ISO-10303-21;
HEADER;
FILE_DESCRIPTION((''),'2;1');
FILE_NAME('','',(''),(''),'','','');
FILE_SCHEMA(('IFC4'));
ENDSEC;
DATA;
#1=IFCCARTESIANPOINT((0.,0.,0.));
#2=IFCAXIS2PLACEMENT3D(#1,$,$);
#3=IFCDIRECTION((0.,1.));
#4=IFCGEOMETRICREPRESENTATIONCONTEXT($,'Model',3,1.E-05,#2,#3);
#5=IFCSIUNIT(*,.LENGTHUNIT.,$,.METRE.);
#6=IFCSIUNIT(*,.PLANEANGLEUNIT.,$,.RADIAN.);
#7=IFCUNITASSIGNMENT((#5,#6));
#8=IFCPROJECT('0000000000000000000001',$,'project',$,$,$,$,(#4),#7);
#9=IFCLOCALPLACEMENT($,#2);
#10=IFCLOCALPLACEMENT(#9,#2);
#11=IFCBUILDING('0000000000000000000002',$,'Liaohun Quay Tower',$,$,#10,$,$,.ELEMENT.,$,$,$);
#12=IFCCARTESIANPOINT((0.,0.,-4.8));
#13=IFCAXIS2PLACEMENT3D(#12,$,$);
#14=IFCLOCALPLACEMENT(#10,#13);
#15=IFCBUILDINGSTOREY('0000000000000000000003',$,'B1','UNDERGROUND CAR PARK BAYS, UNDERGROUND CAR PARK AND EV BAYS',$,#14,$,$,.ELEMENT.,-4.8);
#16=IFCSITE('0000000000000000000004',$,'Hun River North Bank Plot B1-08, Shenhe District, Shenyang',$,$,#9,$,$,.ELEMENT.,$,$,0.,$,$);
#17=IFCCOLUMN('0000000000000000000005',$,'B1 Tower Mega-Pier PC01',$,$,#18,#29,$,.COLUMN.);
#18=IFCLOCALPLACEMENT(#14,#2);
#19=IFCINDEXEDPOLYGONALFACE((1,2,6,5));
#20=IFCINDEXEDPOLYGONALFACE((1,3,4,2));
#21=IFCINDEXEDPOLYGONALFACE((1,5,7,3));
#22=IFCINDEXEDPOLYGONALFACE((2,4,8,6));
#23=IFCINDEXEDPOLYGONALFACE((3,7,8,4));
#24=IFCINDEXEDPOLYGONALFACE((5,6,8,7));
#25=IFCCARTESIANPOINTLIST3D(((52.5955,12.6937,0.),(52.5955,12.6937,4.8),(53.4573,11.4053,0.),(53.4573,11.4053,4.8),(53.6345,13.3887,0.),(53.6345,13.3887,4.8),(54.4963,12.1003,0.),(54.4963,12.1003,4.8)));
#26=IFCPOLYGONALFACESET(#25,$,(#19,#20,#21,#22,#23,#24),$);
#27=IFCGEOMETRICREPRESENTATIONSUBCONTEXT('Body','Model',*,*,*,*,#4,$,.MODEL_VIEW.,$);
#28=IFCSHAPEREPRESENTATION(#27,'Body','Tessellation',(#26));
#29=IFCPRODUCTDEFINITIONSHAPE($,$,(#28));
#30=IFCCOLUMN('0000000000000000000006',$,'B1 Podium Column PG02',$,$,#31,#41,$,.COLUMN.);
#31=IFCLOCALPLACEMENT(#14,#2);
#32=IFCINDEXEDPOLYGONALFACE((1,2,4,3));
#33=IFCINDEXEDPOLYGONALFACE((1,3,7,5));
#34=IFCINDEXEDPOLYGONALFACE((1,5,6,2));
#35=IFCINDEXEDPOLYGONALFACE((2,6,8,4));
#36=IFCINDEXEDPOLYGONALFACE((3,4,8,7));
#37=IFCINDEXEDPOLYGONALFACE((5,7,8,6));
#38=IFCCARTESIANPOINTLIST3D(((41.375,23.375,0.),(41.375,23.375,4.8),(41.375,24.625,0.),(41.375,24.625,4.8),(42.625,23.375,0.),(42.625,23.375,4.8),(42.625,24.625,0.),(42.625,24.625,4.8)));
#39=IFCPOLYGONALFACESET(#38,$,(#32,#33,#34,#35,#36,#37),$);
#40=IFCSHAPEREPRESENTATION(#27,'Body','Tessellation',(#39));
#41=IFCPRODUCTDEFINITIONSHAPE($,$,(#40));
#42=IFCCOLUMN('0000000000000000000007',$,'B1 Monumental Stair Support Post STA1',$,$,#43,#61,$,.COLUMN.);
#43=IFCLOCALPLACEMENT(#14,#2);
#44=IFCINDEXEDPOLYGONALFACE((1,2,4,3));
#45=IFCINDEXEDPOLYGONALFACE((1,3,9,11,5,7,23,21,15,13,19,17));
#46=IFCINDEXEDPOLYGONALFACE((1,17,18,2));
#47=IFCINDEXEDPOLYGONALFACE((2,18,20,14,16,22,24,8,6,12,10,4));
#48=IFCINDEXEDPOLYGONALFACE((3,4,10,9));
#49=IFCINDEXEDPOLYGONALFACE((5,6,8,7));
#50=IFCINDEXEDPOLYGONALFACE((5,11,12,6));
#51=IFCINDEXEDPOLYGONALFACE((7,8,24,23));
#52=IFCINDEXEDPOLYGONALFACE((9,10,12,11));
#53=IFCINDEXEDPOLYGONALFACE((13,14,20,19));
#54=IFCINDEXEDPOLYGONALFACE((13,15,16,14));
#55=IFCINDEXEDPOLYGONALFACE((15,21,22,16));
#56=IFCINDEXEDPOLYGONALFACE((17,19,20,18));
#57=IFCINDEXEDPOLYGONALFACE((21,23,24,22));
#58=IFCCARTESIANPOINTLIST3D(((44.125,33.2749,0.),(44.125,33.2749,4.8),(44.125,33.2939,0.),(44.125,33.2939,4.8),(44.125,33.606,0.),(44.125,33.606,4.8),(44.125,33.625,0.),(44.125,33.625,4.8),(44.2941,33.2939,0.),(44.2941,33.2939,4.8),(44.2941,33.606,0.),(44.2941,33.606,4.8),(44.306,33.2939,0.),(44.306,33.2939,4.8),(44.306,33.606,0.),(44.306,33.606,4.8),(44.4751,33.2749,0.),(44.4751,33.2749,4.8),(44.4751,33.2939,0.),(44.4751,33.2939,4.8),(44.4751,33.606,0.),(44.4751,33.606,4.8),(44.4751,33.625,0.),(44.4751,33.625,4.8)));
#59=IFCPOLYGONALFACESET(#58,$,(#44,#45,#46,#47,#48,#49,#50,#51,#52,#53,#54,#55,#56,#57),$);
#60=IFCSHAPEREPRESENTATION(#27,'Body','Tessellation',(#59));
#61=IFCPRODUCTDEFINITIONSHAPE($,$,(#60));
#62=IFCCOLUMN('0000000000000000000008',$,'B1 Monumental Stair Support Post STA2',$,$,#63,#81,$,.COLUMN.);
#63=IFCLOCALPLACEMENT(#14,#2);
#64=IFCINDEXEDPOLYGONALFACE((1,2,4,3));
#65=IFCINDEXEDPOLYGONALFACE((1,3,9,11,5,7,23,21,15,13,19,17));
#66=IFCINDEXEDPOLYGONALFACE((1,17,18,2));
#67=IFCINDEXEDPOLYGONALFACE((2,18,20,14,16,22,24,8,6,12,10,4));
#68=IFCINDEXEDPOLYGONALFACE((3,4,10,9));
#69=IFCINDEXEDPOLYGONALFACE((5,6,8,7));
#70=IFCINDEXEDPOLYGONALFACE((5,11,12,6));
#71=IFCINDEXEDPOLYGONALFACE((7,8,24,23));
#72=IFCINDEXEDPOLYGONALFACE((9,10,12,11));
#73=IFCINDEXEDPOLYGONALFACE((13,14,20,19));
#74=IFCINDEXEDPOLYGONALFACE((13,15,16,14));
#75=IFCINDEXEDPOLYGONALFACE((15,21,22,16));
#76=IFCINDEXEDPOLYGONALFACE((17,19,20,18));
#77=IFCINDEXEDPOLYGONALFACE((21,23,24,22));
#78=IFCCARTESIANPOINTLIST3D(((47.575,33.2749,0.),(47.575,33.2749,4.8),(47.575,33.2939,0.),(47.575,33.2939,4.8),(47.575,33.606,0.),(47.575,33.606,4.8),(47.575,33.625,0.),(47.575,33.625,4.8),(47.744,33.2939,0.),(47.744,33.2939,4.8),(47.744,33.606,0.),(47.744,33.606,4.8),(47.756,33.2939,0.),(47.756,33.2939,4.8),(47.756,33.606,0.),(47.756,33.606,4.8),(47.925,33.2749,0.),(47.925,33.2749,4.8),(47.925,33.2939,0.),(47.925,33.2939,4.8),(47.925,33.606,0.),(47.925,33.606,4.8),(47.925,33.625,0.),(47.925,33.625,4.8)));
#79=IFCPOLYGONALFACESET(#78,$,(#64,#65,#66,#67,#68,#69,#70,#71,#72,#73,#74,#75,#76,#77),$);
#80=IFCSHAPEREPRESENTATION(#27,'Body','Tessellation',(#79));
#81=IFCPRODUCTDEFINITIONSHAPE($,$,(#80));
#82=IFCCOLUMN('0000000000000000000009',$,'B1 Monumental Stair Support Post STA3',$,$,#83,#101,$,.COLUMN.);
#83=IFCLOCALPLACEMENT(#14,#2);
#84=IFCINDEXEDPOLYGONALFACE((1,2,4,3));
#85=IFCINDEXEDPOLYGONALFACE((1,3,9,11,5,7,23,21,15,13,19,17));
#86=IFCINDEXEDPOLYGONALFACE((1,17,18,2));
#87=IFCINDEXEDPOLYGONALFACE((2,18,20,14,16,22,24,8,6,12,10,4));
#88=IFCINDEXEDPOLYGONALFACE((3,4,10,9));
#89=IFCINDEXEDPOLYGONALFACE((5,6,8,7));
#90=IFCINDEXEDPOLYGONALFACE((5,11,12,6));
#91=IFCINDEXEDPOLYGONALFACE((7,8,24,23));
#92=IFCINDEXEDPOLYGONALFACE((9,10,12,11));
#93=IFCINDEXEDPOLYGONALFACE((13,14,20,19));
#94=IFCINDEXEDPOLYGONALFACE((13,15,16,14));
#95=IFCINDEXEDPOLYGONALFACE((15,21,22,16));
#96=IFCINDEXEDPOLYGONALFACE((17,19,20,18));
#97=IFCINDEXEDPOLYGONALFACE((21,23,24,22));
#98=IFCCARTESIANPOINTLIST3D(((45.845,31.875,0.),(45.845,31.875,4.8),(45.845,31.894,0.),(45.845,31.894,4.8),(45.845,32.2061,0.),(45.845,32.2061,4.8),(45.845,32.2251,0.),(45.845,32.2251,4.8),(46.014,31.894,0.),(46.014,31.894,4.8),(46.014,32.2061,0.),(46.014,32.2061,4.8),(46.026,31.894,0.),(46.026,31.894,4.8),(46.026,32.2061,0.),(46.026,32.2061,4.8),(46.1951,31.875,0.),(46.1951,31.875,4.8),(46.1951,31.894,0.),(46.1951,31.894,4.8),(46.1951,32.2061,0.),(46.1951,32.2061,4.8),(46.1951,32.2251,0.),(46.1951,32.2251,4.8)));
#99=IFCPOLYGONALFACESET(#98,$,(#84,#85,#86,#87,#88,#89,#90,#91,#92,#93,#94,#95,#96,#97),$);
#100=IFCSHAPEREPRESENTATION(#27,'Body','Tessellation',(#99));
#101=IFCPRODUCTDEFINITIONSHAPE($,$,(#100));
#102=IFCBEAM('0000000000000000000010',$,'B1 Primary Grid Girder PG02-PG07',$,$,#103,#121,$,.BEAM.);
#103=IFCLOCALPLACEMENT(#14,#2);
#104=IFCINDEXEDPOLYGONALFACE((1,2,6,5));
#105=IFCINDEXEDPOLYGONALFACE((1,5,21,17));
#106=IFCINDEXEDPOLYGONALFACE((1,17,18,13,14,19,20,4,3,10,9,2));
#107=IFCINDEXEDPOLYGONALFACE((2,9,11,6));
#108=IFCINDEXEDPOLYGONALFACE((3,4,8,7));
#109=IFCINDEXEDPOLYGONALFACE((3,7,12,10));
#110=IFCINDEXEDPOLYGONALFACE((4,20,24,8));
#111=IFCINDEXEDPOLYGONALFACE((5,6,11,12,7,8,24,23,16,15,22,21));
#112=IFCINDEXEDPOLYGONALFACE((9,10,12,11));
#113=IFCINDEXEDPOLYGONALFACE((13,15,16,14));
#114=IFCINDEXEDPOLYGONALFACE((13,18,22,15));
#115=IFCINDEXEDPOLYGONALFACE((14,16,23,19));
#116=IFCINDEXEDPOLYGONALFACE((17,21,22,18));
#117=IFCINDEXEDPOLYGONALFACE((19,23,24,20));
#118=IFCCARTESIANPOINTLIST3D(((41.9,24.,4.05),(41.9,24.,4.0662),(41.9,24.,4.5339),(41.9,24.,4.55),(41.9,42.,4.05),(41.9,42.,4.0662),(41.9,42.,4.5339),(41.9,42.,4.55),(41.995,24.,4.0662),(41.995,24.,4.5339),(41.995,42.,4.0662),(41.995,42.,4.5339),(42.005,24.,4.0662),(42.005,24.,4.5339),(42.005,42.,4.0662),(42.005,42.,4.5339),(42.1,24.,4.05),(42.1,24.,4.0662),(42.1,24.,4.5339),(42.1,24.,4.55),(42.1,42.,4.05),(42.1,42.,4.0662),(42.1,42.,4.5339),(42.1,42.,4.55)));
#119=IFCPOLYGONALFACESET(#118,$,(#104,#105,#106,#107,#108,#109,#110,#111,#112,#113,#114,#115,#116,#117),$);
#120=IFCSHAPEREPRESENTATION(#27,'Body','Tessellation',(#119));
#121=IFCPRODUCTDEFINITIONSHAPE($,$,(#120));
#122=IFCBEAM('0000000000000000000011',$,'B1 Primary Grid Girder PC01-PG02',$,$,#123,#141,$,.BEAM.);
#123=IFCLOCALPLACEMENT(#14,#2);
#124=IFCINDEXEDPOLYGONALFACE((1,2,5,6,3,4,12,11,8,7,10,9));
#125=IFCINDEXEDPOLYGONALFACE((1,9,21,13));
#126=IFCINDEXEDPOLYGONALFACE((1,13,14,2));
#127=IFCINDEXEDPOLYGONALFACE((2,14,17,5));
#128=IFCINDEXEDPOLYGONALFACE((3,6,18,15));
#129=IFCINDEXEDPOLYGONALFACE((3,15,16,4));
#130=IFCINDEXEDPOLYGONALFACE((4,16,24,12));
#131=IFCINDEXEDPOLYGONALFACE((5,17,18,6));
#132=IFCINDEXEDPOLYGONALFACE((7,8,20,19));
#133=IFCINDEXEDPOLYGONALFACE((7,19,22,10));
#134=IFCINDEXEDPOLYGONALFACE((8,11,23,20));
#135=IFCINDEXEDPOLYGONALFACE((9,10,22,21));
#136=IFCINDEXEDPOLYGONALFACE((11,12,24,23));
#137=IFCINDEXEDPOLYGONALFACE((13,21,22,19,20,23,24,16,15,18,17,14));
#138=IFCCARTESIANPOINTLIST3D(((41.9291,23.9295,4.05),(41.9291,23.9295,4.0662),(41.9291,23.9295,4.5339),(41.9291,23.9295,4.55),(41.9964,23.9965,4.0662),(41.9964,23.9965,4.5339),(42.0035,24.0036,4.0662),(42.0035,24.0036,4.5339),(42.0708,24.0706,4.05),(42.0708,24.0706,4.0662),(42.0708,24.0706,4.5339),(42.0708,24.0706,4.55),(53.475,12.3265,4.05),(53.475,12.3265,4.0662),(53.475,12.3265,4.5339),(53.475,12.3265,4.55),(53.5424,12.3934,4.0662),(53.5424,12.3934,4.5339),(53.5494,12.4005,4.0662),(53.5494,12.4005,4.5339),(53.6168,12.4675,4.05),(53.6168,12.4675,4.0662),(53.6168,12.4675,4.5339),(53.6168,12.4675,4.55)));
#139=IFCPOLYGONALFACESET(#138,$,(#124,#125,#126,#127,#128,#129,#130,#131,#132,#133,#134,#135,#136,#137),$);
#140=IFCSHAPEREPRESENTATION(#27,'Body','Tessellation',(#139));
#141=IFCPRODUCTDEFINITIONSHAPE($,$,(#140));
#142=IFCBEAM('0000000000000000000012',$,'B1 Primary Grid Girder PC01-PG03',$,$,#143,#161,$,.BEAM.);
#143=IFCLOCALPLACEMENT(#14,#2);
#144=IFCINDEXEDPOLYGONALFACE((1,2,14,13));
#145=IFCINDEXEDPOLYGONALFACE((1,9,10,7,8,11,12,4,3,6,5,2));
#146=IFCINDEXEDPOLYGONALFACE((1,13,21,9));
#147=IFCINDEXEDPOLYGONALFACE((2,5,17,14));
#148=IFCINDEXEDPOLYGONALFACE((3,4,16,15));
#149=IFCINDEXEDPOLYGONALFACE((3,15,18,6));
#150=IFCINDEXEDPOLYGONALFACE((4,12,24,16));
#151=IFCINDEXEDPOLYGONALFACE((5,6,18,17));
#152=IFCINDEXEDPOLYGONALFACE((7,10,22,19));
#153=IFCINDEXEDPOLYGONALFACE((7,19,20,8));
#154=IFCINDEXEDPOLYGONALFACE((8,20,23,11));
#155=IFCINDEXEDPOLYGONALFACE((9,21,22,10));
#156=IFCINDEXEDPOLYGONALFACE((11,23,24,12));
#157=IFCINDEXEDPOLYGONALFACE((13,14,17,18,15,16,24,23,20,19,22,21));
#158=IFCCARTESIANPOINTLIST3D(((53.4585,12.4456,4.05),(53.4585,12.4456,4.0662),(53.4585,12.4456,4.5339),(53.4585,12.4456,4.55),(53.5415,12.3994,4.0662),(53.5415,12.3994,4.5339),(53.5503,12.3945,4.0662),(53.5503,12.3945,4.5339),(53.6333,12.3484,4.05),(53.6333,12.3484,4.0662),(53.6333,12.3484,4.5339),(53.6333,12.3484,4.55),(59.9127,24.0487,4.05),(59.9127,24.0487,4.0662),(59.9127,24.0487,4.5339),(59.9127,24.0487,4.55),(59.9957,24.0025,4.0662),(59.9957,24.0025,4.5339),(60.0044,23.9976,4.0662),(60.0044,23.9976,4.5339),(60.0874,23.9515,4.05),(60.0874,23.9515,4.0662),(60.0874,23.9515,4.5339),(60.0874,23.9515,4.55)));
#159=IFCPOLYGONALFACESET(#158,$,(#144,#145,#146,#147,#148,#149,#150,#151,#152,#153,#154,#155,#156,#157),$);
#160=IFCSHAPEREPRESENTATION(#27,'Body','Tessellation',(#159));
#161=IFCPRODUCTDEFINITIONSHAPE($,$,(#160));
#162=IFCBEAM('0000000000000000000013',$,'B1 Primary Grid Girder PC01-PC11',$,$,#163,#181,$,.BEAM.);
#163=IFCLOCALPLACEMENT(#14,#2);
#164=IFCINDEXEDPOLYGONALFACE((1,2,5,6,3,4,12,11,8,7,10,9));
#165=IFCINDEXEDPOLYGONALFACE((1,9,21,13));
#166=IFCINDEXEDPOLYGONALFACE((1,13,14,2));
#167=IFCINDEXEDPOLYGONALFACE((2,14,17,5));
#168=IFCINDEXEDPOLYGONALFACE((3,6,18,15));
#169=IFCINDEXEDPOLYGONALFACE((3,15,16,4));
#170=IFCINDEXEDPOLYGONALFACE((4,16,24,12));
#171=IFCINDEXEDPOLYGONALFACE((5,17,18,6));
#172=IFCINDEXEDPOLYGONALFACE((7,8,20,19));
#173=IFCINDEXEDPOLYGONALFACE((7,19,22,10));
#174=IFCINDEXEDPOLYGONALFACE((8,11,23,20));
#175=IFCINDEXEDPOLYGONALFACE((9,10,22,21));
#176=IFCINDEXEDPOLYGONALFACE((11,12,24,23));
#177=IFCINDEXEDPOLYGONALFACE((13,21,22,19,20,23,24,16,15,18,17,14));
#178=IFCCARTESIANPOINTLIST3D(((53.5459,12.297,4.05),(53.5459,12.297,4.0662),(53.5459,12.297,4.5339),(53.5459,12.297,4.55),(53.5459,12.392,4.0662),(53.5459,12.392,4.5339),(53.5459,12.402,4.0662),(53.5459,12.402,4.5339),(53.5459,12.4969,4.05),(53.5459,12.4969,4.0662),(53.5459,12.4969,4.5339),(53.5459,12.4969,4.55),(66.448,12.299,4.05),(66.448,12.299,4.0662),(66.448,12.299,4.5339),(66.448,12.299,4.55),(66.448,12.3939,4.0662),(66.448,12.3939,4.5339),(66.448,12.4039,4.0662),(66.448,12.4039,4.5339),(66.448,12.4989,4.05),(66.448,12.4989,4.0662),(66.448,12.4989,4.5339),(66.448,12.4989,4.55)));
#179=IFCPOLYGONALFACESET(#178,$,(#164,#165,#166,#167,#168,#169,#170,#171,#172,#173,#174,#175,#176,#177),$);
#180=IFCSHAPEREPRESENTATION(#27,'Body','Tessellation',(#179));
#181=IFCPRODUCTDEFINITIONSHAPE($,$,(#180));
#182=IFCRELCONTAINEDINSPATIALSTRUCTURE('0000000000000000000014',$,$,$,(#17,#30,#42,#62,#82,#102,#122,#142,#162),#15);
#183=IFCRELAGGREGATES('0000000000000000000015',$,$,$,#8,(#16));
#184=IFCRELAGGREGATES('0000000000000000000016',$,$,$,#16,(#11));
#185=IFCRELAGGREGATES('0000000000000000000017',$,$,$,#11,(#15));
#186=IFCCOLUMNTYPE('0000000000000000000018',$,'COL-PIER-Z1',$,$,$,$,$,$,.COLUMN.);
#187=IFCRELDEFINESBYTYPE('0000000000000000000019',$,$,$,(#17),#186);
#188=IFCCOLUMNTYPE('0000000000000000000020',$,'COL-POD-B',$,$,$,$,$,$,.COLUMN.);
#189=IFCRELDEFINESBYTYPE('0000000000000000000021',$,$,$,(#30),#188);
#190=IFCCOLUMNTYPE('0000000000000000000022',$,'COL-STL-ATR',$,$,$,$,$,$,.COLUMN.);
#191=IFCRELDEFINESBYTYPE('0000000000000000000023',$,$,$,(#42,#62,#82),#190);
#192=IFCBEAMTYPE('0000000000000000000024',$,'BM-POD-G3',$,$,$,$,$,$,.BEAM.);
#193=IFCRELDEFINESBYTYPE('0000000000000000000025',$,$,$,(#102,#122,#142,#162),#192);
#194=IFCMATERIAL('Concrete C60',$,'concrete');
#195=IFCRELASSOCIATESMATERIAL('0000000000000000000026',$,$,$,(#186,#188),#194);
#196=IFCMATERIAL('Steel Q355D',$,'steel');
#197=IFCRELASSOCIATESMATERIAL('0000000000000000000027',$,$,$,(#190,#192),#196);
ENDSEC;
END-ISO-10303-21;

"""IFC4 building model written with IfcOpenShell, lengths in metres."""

from ifc_helpers import new_model, si_unit, direction, frame, origin, origin_2d, place, context, subcontext, project, spatial, rectangle, i_section, extrude, source, transform, mapped, material, material_profile, profile_set, type_object, element, save


model = new_model("IFC4")

# Units and contexts
model_context = context("Model", 3, precision=1e-05, world=origin(), true_north=direction((0.0, 1.0)))
body_context = subcontext(model_context, "Body", "Model", "MODEL_VIEW")
ifc_project = project(units=[si_unit("LENGTHUNIT", "METRE"), si_unit("PLANEANGLEUNIT", "RADIAN")], contexts=[model_context])

# Site, building, storey
site_placement = place(None, origin())
site = spatial("IfcSite", under=ifc_project, at=site_placement, Name="Hun River North Bank Plot B1-08, Shenhe District, Shenyang", CompositionType="ELEMENT", RefElevation=0.0)
building_placement = place(site_placement, origin())
building = spatial("IfcBuilding", under=site, at=building_placement, Name="Liaohun Quay Tower", CompositionType="ELEMENT")
storey_placement = place(building_placement, frame((0.0, 0.0, -4.8)))
storey = spatial("IfcBuildingStorey", under=building, at=storey_placement, Name="B1", Description="UNDERGROUND CAR PARK BAYS, UNDERGROUND CAR PARK AND EV BAYS", CompositionType="ELEMENT", Elevation=-4.8)

# Columns
ifc_material_1 = material(Name="Concrete C60", Category="concrete")
ifc_material_profile_1 = material_profile(ifc_material_1, rectangle(XDim=1.55, YDim=1.25, at=origin_2d()), Name="RC1550x1250")
ifc_profile_set_1 = profile_set([ifc_material_profile_1], Name="Concrete C60")
column_type_1 = type_object("IfcColumnType", Name="COL-PIER-Z1", PredefinedType="COLUMN", material=ifc_profile_set_1)
shared_shape_1 = source(origin(), body_context, "Body", "SweptSolid", [
    extrude(rectangle(XDim=1.55, YDim=1.25, at=origin_2d()), origin(), (0.0, 0.0, 1.0), 4.8),
])
column_1_placement = place(storey_placement, frame((53.5459, 12.397, 0.0), z_axis=(0.0, 0.0, 1.0), x_axis=(-0.556006, 0.831179, 0.0)))
element("IfcColumn", 1, at=column_1_placement, inside=storey, type_object=column_type_1, Name="B1 Tower Mega-Pier PC01", PredefinedType="COLUMN", context=body_context, shape_type="MappedRepresentation", body=[
    mapped(shared_shape_1, transform((0.0, 0.0, 0.0), x_axis=(1.0, 0.0, 0.0), y_axis=(0.0, 1.0, 0.0), z_axis=(0.0, 0.0, 1.0), scale=1.0)),
])
ifc_material_profile_2 = material_profile(ifc_material_1, rectangle(XDim=1.25, YDim=1.25, at=origin_2d()), Name="RC1250x1250")
ifc_profile_set_2 = profile_set([ifc_material_profile_2], Name="Concrete C60")
column_type_2 = type_object("IfcColumnType", Name="COL-POD-B", PredefinedType="COLUMN", material=ifc_profile_set_2)
shared_shape_2 = source(origin(), body_context, "Body", "SweptSolid", [
    extrude(rectangle(XDim=1.25, YDim=1.25, at=origin_2d()), origin(), (0.0, 0.0, 1.0), 4.8),
])
column_2_placement = place(storey_placement, frame((42.0, 24.0, 0.0), z_axis=(0.0, 0.0, 1.0), x_axis=(1.0, 0.0, 0.0)))
element("IfcColumn", 2, at=column_2_placement, inside=storey, type_object=column_type_2, Name="B1 Podium Column PG02", PredefinedType="COLUMN", context=body_context, shape_type="MappedRepresentation", body=[
    mapped(shared_shape_2, transform((0.0, 0.0, 0.0), x_axis=(1.0, 0.0, 0.0), y_axis=(0.0, 1.0, 0.0), z_axis=(0.0, 0.0, 1.0), scale=1.0)),
])
ifc_material_2 = material(Name="Steel Q355D", Category="steel")
ifc_material_profile_3 = material_profile(ifc_material_2, i_section(OverallWidth=0.3501, OverallDepth=0.3501, WebThickness=0.012, FlangeThickness=0.019, at=origin_2d()), Name="HW350x350x12x19")
ifc_profile_set_3 = profile_set([ifc_material_profile_3], Name="Steel Q355D")
column_type_3 = type_object("IfcColumnType", Name="COL-STL-ATR", PredefinedType="COLUMN", material=ifc_profile_set_3)
shared_shape_3 = source(origin(), body_context, "Body", "SweptSolid", [
    extrude(i_section(OverallWidth=0.3501, OverallDepth=0.3501, WebThickness=0.012, FlangeThickness=0.019, at=origin_2d()), origin(), (0.0, 0.0, 1.0), 4.8),
])
for number, where, z_axis, x_axis, name in (
    (3, (44.3, 33.45, 0.0), (0.0, 0.0, 1.0), (1.0, 0.0, 0.0), "B1 Monumental Stair Support Post STA1"),
    (4, (47.75, 33.45, 0.0), (0.0, 0.0, 1.0), (1.0, 0.0, 0.0), "B1 Monumental Stair Support Post STA2"),
    (5, (46.02, 32.05, 0.0), (0.0, 0.0, 1.0), (1.0, 0.0, 0.0), "B1 Monumental Stair Support Post STA3"),
):
    element("IfcColumn", number, at=place(storey_placement, frame(where, z_axis=z_axis, x_axis=x_axis)), inside=storey, type_object=column_type_3, Name=name, PredefinedType="COLUMN", context=body_context, shape_type="MappedRepresentation", body=[
        mapped(shared_shape_3, transform((0.0, 0.0, 0.0), x_axis=(1.0, 0.0, 0.0), y_axis=(0.0, 1.0, 0.0), z_axis=(0.0, 0.0, 1.0), scale=1.0)),
    ])

# Beams
ifc_material_profile_4 = material_profile(ifc_material_2, i_section(OverallWidth=0.2, OverallDepth=0.5, WebThickness=0.01, FlangeThickness=0.0161, at=origin_2d()), Name="HN500x200x10x16")
ifc_profile_set_4 = profile_set([ifc_material_profile_4], Name="Steel Q355D")
beam_type_1 = type_object("IfcBeamType", Name="BM-POD-G3", PredefinedType="BEAM", material=ifc_profile_set_4)
shared_shape_4 = source(origin(), body_context, "Body", "SweptSolid", [
    extrude(i_section(OverallWidth=0.2, OverallDepth=0.5, WebThickness=0.01, FlangeThickness=0.0161, at=origin_2d()), origin(), (0.0, 0.0, 1.0), 18.0),
])
beam_1_placement = place(storey_placement, frame((42.0, 24.0, 4.3), z_axis=(0.0, 1.0, 0.0), x_axis=(-1.0, 0.0, 0.0)))
element("IfcBeam", 6, at=beam_1_placement, inside=storey, type_object=beam_type_1, Name="B1 Primary Grid Girder PG02-PG07", PredefinedType="BEAM", context=body_context, shape_type="MappedRepresentation", body=[
    mapped(shared_shape_4, transform((0.0, 0.0, 0.0), x_axis=(1.0, 0.0, 0.0), y_axis=(0.0, 1.0, 0.0), z_axis=(0.0, 0.0, 1.0), scale=1.0)),
])
shared_shape_5 = source(origin(), body_context, "Body", "SweptSolid", [
    extrude(i_section(OverallWidth=0.2, OverallDepth=0.5, WebThickness=0.01, FlangeThickness=0.0161, at=origin_2d()), origin(), (0.0, 0.0, 1.0), 16.3689),
])
beam_2_placement = place(storey_placement, frame((53.5459, 12.397, 4.3), z_axis=(-0.70536, 0.70885, 0.0), x_axis=(-0.70885, -0.70536, 0.0)))
element("IfcBeam", 7, at=beam_2_placement, inside=storey, type_object=beam_type_1, Name="B1 Primary Grid Girder PC01-PG02", PredefinedType="BEAM", context=body_context, shape_type="MappedRepresentation", body=[
    mapped(shared_shape_5, transform((0.0, 0.0, 0.0), x_axis=(1.0, 0.0, 0.0), y_axis=(0.0, 1.0, 0.0), z_axis=(0.0, 0.0, 1.0), scale=1.0)),
])
shared_shape_6 = source(origin(), body_context, "Body", "SweptSolid", [
    extrude(i_section(OverallWidth=0.2, OverallDepth=0.5, WebThickness=0.01, FlangeThickness=0.0161, at=origin_2d()), origin(), (0.0, 0.0, 1.0), 13.2773),
])
beam_3_placement = place(storey_placement, frame((53.5459, 12.397, 4.3), z_axis=(0.486102, 0.873902, 0.0), x_axis=(-0.873902, 0.486102, 0.0)))
element("IfcBeam", 8, at=beam_3_placement, inside=storey, type_object=beam_type_1, Name="B1 Primary Grid Girder PC01-PG03", PredefinedType="BEAM", context=body_context, shape_type="MappedRepresentation", body=[
    mapped(shared_shape_6, transform((0.0, 0.0, 0.0), x_axis=(1.0, 0.0, 0.0), y_axis=(0.0, 1.0, 0.0), z_axis=(0.0, 0.0, 1.0), scale=1.0)),
])
shared_shape_7 = source(origin(), body_context, "Body", "SweptSolid", [
    extrude(i_section(OverallWidth=0.2, OverallDepth=0.5, WebThickness=0.01, FlangeThickness=0.0161, at=origin_2d()), origin(), (0.0, 0.0, 1.0), 12.9021),
])
beam_4_placement = place(storey_placement, frame((53.5459, 12.397, 4.3), z_axis=(1.0, 0.000151, 0.0), x_axis=(-0.000151, 1.0, 0.0)))
element("IfcBeam", 9, at=beam_4_placement, inside=storey, type_object=beam_type_1, Name="B1 Primary Grid Girder PC01-PC11", PredefinedType="BEAM", context=body_context, shape_type="MappedRepresentation", body=[
    mapped(shared_shape_7, transform((0.0, 0.0, 0.0), x_axis=(1.0, 0.0, 0.0), y_axis=(0.0, 1.0, 0.0), z_axis=(0.0, 0.0, 1.0), scale=1.0)),
])

save(model, "model.ifc")
